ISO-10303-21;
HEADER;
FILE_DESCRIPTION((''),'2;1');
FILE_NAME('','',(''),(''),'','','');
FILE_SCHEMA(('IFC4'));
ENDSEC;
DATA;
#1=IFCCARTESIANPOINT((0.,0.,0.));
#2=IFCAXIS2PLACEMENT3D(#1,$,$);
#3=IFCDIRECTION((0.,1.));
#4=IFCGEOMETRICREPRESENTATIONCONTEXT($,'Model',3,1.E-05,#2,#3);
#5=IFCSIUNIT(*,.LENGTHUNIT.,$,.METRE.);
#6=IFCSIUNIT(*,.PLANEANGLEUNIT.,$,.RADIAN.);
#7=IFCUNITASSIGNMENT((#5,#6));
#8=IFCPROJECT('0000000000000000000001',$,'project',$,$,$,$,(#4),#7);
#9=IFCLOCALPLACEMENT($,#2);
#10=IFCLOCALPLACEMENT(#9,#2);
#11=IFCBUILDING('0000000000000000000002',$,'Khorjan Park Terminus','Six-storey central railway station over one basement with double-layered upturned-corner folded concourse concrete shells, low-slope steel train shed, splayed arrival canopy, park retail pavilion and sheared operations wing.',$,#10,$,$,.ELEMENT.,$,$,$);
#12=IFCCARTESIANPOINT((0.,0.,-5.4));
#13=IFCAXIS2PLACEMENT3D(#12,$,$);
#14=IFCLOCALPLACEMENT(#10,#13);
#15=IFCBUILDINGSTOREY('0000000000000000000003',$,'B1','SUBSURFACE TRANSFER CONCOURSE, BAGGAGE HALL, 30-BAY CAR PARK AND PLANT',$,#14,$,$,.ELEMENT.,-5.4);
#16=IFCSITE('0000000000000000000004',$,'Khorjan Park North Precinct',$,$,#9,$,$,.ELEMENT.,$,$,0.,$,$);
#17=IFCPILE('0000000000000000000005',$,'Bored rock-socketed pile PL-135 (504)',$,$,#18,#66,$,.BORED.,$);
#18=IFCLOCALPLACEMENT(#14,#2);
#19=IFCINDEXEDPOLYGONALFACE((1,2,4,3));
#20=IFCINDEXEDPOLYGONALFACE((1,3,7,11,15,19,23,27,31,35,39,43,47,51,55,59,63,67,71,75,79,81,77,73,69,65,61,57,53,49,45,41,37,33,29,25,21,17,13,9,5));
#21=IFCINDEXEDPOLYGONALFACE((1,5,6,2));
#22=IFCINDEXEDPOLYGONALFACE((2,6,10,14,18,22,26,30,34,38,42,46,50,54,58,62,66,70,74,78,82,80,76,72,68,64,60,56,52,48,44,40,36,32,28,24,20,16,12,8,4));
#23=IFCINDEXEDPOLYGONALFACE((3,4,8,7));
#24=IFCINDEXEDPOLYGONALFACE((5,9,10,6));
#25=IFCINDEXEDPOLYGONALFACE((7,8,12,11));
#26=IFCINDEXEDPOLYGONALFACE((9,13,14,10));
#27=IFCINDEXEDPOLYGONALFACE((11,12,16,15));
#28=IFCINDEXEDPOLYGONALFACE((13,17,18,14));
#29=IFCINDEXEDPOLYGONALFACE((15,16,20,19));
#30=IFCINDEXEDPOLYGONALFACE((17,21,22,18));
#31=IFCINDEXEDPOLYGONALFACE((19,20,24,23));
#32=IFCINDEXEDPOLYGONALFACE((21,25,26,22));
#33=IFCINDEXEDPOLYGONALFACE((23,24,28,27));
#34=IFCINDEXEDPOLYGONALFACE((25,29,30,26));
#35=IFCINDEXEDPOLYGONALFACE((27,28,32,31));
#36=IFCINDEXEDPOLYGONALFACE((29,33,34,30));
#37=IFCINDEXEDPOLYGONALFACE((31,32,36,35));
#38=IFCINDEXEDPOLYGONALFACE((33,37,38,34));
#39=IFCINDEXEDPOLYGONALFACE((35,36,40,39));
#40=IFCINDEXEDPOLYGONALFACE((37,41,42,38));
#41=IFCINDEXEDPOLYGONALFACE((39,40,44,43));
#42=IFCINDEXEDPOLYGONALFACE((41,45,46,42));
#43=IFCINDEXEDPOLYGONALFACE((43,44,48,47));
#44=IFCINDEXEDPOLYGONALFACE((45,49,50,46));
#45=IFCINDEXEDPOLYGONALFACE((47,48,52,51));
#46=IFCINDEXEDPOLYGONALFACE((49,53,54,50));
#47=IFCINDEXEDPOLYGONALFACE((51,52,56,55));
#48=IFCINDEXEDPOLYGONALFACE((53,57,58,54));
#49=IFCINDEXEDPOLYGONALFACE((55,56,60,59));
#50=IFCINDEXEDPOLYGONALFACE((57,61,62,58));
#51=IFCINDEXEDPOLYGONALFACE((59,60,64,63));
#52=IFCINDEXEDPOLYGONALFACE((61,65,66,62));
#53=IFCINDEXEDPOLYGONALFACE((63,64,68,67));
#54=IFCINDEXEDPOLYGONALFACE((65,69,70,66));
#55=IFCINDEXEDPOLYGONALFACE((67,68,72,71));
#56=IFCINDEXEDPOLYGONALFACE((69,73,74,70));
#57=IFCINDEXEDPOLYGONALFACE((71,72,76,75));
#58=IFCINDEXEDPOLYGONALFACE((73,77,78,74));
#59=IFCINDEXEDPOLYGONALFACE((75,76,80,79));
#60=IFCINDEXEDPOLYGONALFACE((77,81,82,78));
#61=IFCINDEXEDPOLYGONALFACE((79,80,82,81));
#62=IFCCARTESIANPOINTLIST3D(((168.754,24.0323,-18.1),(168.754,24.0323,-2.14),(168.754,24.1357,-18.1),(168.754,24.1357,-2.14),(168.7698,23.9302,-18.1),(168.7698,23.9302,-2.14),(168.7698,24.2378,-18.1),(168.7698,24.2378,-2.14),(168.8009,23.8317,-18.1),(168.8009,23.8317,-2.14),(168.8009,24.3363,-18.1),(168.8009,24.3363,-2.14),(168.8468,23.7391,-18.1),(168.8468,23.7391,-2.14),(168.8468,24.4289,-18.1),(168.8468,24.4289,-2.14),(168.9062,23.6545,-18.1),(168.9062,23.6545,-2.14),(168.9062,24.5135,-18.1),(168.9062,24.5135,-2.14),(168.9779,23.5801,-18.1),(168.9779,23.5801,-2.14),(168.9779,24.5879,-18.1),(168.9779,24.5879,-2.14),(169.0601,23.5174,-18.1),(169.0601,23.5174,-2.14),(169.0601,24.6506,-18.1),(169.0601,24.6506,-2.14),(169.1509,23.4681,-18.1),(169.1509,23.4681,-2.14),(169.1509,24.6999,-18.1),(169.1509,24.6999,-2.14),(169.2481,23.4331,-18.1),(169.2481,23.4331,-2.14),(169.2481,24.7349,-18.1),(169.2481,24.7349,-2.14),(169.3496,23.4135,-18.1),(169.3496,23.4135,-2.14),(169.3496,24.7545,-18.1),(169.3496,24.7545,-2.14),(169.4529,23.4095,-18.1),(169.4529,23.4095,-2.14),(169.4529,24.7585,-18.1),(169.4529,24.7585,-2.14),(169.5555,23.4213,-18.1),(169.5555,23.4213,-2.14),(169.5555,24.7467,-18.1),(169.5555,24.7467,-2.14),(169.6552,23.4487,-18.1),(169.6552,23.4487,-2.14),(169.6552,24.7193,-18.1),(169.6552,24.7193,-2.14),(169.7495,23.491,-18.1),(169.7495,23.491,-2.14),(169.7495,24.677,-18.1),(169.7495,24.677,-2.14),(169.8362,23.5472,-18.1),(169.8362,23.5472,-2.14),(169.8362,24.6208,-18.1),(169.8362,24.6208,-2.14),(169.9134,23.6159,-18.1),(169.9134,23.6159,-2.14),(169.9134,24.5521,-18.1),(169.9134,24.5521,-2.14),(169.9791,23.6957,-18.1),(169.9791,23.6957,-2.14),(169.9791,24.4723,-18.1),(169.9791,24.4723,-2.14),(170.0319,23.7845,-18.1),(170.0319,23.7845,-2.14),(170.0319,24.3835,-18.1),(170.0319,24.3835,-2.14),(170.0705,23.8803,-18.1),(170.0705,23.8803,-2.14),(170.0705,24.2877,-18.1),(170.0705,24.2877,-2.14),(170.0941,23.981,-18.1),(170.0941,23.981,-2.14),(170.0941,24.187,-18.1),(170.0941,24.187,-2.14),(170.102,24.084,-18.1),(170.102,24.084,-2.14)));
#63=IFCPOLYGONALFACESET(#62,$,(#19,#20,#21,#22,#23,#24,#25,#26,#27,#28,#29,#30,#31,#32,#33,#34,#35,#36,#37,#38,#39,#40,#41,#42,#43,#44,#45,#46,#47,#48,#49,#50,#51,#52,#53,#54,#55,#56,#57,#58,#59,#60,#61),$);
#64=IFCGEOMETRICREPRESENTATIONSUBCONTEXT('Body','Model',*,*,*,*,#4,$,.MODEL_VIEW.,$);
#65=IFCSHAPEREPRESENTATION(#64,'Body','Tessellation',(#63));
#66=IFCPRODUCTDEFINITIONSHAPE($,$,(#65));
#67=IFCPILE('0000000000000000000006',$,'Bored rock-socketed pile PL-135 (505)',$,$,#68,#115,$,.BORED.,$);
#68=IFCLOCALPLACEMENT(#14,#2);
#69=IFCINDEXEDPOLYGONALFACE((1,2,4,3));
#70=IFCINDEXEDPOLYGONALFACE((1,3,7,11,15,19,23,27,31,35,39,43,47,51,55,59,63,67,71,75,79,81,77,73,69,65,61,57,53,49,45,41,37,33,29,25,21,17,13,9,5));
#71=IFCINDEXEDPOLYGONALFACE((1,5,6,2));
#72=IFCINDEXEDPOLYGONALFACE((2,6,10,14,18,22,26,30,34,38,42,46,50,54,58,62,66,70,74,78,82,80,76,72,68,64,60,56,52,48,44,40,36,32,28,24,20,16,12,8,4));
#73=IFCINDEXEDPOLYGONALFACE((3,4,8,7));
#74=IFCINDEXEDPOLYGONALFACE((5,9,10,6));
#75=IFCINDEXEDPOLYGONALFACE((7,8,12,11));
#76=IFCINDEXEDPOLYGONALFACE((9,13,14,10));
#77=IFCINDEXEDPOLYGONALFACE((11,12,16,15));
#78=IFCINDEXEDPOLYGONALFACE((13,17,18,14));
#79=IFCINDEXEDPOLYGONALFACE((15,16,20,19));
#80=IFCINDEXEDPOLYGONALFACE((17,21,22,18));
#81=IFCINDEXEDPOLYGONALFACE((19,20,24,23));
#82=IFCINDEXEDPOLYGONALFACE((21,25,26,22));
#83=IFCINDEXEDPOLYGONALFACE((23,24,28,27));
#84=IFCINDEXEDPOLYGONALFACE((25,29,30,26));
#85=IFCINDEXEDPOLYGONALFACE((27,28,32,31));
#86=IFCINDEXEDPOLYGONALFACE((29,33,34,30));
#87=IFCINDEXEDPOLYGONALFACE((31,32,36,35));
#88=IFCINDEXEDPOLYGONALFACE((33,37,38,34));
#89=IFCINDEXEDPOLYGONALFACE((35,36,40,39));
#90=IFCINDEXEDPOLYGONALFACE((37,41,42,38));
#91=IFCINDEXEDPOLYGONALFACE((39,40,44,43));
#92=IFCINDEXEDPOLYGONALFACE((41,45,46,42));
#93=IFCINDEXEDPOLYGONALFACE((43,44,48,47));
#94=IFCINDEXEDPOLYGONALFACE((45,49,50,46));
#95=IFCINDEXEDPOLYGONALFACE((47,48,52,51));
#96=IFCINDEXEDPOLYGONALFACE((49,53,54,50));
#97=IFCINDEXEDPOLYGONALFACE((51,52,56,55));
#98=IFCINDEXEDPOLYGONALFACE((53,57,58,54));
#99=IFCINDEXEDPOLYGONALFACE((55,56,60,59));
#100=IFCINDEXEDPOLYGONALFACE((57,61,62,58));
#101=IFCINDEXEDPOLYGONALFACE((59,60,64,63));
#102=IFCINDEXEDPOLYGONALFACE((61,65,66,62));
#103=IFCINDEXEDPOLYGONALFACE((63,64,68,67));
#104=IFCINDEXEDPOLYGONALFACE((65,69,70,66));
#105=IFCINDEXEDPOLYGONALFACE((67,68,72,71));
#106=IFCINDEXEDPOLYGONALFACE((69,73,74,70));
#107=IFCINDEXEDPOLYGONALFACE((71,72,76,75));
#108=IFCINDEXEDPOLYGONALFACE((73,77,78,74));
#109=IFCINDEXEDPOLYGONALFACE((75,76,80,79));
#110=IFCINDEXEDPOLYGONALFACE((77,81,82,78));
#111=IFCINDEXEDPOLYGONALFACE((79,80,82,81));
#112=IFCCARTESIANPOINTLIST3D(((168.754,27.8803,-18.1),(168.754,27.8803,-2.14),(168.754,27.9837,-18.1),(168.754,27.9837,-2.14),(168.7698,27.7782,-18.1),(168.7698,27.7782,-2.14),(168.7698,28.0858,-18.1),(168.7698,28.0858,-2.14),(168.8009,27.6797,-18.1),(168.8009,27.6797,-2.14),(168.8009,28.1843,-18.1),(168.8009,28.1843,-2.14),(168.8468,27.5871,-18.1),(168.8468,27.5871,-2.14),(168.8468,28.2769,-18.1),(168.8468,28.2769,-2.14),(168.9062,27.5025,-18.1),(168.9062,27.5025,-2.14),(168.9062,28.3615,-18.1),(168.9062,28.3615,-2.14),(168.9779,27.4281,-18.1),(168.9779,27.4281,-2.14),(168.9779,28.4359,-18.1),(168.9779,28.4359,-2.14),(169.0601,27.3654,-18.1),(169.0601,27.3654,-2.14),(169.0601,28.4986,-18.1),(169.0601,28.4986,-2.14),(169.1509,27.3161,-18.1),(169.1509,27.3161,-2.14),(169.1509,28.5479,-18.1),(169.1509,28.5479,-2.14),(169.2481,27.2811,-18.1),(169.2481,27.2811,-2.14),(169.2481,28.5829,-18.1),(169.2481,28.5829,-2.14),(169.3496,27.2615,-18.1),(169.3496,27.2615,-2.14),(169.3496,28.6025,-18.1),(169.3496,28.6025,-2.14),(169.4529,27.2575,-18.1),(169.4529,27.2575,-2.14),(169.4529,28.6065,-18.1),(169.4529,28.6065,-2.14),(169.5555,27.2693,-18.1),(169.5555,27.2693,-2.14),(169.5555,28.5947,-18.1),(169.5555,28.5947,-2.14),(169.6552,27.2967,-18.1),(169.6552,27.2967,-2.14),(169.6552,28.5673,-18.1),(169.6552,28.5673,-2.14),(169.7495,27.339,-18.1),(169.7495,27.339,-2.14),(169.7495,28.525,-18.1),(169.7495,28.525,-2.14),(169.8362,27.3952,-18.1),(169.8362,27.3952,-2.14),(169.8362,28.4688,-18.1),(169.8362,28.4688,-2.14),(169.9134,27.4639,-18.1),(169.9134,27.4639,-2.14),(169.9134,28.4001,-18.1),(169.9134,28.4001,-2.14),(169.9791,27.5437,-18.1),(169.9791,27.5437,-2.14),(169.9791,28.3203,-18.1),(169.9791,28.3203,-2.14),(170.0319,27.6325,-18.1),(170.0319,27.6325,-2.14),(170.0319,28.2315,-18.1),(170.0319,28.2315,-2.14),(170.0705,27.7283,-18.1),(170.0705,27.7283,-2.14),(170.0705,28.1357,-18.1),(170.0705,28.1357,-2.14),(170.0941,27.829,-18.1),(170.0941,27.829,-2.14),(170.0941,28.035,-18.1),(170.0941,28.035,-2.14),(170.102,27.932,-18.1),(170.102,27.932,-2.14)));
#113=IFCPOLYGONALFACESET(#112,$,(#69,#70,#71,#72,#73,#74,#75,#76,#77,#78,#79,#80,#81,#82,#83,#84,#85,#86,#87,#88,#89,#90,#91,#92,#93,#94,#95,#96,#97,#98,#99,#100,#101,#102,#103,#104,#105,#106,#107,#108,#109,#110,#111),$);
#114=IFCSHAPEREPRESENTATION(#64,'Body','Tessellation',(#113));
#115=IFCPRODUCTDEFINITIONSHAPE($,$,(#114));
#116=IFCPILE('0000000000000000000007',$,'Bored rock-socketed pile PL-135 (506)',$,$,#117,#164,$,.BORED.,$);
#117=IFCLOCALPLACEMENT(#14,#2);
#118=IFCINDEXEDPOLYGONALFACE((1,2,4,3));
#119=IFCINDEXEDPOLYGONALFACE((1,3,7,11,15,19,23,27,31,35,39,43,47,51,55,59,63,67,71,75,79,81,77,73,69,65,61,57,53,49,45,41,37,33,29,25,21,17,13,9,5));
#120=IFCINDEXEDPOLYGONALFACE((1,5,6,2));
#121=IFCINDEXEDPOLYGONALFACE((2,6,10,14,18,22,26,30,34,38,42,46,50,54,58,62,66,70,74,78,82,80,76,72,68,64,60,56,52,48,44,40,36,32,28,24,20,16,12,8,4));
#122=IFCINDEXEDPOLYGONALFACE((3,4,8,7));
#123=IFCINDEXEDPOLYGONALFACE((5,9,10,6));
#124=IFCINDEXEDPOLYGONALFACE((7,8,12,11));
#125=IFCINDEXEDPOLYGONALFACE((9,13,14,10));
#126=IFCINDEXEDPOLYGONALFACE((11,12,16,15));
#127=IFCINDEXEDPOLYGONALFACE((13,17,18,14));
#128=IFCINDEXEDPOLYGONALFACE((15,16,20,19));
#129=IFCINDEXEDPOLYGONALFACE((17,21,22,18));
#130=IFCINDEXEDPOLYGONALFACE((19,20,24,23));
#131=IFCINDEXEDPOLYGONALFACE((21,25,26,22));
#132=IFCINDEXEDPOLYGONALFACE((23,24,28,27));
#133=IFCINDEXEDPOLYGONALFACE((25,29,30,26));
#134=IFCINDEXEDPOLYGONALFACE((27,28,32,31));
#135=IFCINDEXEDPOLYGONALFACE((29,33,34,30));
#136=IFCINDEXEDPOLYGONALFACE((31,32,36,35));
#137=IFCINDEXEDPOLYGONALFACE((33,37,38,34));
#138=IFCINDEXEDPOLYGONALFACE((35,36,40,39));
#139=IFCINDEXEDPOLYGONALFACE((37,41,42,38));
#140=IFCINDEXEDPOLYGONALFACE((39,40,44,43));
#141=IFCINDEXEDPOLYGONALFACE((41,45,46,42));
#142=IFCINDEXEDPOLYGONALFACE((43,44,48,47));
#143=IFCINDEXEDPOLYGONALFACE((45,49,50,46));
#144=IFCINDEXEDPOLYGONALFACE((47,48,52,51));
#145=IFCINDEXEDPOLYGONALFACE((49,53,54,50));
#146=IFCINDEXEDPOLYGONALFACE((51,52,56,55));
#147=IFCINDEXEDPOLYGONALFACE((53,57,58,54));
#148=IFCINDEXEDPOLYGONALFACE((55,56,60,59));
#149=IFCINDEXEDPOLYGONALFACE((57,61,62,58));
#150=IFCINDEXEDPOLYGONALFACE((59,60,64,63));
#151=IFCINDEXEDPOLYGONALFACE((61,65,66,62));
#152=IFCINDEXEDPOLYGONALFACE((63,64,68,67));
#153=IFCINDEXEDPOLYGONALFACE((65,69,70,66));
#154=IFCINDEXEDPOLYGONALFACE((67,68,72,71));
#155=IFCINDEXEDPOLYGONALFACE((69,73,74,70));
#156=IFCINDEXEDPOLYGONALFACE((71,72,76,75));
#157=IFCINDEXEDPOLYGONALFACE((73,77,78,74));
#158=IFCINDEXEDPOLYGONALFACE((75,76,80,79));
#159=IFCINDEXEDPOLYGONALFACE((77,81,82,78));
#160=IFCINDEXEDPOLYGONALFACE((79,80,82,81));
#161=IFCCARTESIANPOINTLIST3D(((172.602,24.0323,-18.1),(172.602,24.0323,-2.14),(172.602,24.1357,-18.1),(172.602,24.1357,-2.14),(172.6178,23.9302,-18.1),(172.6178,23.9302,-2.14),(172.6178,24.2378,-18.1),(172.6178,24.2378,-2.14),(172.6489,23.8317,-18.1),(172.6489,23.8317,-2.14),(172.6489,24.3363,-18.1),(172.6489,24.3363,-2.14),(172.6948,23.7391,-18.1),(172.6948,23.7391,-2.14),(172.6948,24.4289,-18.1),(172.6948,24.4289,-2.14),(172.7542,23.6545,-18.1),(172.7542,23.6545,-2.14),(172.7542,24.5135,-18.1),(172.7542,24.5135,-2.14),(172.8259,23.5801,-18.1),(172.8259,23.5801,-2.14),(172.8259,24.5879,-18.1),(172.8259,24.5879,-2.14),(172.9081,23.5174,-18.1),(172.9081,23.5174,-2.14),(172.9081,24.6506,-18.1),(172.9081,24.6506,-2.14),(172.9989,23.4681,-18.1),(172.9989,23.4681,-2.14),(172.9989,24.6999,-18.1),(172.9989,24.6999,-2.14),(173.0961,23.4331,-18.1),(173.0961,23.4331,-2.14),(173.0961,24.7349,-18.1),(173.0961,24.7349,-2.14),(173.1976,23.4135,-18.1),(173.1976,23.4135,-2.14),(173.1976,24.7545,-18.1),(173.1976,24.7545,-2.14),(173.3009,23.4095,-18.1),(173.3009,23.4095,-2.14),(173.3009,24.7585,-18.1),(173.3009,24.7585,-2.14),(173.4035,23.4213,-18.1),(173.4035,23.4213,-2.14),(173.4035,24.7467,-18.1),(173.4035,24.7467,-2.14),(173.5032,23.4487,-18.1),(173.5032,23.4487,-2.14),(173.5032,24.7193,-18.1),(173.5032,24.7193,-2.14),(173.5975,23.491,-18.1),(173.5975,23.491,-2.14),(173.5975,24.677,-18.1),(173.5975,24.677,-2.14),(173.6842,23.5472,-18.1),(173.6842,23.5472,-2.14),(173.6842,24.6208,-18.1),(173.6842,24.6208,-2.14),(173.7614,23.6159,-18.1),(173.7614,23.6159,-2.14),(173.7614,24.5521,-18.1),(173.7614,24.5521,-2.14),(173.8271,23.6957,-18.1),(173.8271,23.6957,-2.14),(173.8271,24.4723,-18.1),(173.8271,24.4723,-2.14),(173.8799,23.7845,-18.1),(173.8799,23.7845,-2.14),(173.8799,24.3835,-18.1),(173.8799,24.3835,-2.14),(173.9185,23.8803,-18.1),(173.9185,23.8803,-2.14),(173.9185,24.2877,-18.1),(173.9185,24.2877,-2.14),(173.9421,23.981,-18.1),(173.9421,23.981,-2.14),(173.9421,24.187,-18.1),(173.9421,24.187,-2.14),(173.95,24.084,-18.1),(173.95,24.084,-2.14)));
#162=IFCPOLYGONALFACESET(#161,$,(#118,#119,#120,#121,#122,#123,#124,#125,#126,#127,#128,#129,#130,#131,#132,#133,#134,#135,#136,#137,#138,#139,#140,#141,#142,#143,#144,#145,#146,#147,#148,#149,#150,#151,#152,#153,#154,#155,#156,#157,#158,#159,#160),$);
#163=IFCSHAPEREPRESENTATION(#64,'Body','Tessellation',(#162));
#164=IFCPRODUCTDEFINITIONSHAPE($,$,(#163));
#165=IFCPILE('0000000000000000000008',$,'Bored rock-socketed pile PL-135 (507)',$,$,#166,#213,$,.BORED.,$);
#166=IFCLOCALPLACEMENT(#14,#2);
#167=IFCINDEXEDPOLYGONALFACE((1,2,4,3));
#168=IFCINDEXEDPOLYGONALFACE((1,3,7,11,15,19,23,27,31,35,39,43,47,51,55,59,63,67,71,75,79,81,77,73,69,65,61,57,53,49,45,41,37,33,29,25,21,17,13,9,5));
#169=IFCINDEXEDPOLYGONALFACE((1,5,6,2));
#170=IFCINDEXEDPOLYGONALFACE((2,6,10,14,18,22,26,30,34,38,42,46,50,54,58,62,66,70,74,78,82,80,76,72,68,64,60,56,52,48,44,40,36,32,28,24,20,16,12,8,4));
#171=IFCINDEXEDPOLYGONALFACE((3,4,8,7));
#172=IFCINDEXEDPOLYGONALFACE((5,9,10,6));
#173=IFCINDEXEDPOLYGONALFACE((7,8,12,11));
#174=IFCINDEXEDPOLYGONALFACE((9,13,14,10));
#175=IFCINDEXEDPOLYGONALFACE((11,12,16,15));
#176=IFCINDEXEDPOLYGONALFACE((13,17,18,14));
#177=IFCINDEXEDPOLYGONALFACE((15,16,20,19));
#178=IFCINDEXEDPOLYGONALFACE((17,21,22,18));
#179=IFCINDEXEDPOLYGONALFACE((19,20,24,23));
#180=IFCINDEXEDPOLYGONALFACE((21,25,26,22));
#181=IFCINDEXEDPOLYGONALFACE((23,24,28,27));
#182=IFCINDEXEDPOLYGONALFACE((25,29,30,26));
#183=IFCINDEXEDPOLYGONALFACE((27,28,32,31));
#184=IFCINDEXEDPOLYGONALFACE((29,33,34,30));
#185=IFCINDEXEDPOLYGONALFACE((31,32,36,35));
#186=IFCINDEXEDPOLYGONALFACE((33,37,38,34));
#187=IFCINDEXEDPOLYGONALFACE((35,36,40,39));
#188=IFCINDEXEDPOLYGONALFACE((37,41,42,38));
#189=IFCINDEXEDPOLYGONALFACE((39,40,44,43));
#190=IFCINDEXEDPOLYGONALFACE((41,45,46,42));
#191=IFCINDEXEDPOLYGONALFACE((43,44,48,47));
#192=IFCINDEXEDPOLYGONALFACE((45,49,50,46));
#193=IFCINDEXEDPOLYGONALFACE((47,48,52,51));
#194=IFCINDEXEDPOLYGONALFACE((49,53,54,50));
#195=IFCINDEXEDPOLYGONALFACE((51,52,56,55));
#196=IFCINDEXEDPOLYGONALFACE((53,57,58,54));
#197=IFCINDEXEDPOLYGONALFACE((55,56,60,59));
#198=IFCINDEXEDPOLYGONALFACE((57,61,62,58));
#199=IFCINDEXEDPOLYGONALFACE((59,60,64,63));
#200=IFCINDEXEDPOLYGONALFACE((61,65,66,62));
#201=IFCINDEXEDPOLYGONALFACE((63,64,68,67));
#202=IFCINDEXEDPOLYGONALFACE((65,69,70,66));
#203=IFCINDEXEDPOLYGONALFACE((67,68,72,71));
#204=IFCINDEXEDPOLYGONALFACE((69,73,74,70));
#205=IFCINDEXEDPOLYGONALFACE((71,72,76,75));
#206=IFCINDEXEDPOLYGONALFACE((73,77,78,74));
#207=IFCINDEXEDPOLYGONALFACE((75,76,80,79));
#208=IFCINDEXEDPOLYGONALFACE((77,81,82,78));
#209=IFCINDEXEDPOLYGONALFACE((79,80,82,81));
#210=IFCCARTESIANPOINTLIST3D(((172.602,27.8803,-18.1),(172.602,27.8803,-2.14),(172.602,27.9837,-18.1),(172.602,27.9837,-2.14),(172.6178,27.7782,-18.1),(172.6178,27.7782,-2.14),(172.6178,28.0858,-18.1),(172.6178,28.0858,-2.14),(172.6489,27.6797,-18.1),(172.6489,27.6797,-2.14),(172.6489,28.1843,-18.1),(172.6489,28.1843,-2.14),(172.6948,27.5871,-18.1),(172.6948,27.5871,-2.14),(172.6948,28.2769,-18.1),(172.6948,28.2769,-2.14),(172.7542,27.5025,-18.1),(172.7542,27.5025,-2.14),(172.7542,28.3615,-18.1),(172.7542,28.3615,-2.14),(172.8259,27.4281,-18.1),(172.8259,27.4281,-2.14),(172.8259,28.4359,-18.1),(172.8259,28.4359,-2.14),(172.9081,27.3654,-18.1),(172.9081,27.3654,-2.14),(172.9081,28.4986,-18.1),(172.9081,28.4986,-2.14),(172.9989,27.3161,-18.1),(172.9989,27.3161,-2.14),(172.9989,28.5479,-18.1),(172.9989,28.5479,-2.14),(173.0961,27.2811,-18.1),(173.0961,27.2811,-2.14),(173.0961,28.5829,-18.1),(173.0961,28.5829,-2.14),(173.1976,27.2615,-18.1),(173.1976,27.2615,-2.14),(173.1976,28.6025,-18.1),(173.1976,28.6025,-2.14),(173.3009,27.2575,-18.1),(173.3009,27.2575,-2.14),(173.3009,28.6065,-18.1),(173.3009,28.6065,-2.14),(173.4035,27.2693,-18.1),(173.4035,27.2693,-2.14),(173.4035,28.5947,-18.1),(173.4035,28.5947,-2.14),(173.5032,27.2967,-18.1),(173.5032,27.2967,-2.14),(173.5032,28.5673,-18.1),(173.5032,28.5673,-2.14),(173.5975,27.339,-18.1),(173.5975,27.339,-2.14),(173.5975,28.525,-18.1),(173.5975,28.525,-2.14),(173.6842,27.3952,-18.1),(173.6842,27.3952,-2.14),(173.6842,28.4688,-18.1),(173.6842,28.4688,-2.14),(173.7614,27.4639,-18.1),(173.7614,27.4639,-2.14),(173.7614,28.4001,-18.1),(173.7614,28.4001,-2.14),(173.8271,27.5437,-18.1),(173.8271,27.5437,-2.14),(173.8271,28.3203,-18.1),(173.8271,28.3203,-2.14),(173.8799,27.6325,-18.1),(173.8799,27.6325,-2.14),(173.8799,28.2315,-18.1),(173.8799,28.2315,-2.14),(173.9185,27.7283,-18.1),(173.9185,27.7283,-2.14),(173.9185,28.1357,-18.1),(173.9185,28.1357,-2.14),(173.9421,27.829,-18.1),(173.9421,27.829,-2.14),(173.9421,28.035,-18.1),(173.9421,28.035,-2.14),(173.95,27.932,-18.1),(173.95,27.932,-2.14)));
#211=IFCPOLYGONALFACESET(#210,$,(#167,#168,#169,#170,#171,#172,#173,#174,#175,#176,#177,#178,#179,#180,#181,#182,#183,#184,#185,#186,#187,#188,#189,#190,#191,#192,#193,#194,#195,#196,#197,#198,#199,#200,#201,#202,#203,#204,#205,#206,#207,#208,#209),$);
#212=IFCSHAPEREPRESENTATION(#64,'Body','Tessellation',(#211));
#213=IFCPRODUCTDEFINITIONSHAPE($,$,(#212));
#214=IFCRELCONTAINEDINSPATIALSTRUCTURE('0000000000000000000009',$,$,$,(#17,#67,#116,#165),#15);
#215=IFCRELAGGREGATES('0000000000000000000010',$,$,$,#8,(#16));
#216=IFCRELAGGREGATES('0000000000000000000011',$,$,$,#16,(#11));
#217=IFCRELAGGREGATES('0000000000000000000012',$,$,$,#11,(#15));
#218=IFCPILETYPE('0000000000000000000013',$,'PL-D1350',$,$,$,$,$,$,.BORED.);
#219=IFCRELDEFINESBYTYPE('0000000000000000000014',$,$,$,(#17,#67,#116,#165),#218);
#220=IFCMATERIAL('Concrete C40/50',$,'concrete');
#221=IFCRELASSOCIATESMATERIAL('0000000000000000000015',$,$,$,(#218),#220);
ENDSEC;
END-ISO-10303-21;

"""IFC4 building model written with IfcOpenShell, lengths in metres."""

from ifc_helpers import new_model, si_unit, direction, frame, origin, origin_2d, place, context, subcontext, project, spatial, circle, extrude, material, material_profile, profile_set, type_object, element, save


model = new_model("IFC4")

# Units and contexts
model_context = context("Model", 3, precision=1e-05, world=origin(), true_north=direction((0.0, 1.0)))
body_context = subcontext(model_context, "Body", "Model", "MODEL_VIEW")
ifc_project = project(units=[si_unit("LENGTHUNIT", "METRE"), si_unit("PLANEANGLEUNIT", "RADIAN")], contexts=[model_context])

# Site, building, storey
site_placement = place(None, origin())
site = spatial("IfcSite", under=ifc_project, at=site_placement, Name="Khorjan Park North Precinct", CompositionType="ELEMENT", RefElevation=0.0)
building_placement = place(site_placement, origin())
building = spatial("IfcBuilding", under=site, at=building_placement, Name="Khorjan Park Terminus", Description="Six-storey central railway station over one basement with double-layered upturned-corner folded concourse concrete shells, low-slope steel train shed, splayed arrival canopy, park retail pavilion and sheared operations wing.", CompositionType="ELEMENT")
storey_placement = place(building_placement, frame((0.0, 0.0, -5.4)))
storey = spatial("IfcBuildingStorey", under=building, at=storey_placement, Name="B1", Description="SUBSURFACE TRANSFER CONCOURSE, BAGGAGE HALL, 30-BAY CAR PARK AND PLANT", CompositionType="ELEMENT", Elevation=-5.4)

# Shared definitions
ifc_material_1 = material(Name="Concrete C40/50", Category="concrete")

# Piles
ifc_material_profile_1 = material_profile(ifc_material_1, circle(Radius=0.675, at=origin_2d()), Name="BORED D1350")
ifc_profile_set_1 = profile_set([ifc_material_profile_1], Name="Concrete C40/50")
pile_type_1 = type_object("IfcPileType", Name="PL-D1350", PredefinedType="BORED", material=ifc_profile_set_1)
for number, where, z_axis, x_axis, name in (
    (1, (169.427, 24.084, -2.14), (0.0, 0.0, -1.0), (1.0, 0.0, 0.0), "Bored rock-socketed pile PL-135 (504)"),
    (2, (169.427, 27.932, -2.14), (0.0, 0.0, -1.0), (1.0, 0.0, 0.0), "Bored rock-socketed pile PL-135 (505)"),
    (3, (173.275, 24.084, -2.14), (0.0, 0.0, -1.0), (1.0, 0.0, 0.0), "Bored rock-socketed pile PL-135 (506)"),
    (4, (173.275, 27.932, -2.14), (0.0, 0.0, -1.0), (1.0, 0.0, 0.0), "Bored rock-socketed pile PL-135 (507)"),
):
    element("IfcPile", number, at=place(storey_placement, frame(where, z_axis=z_axis, x_axis=x_axis)), inside=storey, type_object=pile_type_1, Name=name, PredefinedType="BORED", context=body_context, shape_type="SweptSolid", body=[
        extrude(circle(Radius=0.675, at=origin_2d()), origin(), (0.0, 0.0, 1.0), 15.96),
    ])

save(model, "model.ifc")
